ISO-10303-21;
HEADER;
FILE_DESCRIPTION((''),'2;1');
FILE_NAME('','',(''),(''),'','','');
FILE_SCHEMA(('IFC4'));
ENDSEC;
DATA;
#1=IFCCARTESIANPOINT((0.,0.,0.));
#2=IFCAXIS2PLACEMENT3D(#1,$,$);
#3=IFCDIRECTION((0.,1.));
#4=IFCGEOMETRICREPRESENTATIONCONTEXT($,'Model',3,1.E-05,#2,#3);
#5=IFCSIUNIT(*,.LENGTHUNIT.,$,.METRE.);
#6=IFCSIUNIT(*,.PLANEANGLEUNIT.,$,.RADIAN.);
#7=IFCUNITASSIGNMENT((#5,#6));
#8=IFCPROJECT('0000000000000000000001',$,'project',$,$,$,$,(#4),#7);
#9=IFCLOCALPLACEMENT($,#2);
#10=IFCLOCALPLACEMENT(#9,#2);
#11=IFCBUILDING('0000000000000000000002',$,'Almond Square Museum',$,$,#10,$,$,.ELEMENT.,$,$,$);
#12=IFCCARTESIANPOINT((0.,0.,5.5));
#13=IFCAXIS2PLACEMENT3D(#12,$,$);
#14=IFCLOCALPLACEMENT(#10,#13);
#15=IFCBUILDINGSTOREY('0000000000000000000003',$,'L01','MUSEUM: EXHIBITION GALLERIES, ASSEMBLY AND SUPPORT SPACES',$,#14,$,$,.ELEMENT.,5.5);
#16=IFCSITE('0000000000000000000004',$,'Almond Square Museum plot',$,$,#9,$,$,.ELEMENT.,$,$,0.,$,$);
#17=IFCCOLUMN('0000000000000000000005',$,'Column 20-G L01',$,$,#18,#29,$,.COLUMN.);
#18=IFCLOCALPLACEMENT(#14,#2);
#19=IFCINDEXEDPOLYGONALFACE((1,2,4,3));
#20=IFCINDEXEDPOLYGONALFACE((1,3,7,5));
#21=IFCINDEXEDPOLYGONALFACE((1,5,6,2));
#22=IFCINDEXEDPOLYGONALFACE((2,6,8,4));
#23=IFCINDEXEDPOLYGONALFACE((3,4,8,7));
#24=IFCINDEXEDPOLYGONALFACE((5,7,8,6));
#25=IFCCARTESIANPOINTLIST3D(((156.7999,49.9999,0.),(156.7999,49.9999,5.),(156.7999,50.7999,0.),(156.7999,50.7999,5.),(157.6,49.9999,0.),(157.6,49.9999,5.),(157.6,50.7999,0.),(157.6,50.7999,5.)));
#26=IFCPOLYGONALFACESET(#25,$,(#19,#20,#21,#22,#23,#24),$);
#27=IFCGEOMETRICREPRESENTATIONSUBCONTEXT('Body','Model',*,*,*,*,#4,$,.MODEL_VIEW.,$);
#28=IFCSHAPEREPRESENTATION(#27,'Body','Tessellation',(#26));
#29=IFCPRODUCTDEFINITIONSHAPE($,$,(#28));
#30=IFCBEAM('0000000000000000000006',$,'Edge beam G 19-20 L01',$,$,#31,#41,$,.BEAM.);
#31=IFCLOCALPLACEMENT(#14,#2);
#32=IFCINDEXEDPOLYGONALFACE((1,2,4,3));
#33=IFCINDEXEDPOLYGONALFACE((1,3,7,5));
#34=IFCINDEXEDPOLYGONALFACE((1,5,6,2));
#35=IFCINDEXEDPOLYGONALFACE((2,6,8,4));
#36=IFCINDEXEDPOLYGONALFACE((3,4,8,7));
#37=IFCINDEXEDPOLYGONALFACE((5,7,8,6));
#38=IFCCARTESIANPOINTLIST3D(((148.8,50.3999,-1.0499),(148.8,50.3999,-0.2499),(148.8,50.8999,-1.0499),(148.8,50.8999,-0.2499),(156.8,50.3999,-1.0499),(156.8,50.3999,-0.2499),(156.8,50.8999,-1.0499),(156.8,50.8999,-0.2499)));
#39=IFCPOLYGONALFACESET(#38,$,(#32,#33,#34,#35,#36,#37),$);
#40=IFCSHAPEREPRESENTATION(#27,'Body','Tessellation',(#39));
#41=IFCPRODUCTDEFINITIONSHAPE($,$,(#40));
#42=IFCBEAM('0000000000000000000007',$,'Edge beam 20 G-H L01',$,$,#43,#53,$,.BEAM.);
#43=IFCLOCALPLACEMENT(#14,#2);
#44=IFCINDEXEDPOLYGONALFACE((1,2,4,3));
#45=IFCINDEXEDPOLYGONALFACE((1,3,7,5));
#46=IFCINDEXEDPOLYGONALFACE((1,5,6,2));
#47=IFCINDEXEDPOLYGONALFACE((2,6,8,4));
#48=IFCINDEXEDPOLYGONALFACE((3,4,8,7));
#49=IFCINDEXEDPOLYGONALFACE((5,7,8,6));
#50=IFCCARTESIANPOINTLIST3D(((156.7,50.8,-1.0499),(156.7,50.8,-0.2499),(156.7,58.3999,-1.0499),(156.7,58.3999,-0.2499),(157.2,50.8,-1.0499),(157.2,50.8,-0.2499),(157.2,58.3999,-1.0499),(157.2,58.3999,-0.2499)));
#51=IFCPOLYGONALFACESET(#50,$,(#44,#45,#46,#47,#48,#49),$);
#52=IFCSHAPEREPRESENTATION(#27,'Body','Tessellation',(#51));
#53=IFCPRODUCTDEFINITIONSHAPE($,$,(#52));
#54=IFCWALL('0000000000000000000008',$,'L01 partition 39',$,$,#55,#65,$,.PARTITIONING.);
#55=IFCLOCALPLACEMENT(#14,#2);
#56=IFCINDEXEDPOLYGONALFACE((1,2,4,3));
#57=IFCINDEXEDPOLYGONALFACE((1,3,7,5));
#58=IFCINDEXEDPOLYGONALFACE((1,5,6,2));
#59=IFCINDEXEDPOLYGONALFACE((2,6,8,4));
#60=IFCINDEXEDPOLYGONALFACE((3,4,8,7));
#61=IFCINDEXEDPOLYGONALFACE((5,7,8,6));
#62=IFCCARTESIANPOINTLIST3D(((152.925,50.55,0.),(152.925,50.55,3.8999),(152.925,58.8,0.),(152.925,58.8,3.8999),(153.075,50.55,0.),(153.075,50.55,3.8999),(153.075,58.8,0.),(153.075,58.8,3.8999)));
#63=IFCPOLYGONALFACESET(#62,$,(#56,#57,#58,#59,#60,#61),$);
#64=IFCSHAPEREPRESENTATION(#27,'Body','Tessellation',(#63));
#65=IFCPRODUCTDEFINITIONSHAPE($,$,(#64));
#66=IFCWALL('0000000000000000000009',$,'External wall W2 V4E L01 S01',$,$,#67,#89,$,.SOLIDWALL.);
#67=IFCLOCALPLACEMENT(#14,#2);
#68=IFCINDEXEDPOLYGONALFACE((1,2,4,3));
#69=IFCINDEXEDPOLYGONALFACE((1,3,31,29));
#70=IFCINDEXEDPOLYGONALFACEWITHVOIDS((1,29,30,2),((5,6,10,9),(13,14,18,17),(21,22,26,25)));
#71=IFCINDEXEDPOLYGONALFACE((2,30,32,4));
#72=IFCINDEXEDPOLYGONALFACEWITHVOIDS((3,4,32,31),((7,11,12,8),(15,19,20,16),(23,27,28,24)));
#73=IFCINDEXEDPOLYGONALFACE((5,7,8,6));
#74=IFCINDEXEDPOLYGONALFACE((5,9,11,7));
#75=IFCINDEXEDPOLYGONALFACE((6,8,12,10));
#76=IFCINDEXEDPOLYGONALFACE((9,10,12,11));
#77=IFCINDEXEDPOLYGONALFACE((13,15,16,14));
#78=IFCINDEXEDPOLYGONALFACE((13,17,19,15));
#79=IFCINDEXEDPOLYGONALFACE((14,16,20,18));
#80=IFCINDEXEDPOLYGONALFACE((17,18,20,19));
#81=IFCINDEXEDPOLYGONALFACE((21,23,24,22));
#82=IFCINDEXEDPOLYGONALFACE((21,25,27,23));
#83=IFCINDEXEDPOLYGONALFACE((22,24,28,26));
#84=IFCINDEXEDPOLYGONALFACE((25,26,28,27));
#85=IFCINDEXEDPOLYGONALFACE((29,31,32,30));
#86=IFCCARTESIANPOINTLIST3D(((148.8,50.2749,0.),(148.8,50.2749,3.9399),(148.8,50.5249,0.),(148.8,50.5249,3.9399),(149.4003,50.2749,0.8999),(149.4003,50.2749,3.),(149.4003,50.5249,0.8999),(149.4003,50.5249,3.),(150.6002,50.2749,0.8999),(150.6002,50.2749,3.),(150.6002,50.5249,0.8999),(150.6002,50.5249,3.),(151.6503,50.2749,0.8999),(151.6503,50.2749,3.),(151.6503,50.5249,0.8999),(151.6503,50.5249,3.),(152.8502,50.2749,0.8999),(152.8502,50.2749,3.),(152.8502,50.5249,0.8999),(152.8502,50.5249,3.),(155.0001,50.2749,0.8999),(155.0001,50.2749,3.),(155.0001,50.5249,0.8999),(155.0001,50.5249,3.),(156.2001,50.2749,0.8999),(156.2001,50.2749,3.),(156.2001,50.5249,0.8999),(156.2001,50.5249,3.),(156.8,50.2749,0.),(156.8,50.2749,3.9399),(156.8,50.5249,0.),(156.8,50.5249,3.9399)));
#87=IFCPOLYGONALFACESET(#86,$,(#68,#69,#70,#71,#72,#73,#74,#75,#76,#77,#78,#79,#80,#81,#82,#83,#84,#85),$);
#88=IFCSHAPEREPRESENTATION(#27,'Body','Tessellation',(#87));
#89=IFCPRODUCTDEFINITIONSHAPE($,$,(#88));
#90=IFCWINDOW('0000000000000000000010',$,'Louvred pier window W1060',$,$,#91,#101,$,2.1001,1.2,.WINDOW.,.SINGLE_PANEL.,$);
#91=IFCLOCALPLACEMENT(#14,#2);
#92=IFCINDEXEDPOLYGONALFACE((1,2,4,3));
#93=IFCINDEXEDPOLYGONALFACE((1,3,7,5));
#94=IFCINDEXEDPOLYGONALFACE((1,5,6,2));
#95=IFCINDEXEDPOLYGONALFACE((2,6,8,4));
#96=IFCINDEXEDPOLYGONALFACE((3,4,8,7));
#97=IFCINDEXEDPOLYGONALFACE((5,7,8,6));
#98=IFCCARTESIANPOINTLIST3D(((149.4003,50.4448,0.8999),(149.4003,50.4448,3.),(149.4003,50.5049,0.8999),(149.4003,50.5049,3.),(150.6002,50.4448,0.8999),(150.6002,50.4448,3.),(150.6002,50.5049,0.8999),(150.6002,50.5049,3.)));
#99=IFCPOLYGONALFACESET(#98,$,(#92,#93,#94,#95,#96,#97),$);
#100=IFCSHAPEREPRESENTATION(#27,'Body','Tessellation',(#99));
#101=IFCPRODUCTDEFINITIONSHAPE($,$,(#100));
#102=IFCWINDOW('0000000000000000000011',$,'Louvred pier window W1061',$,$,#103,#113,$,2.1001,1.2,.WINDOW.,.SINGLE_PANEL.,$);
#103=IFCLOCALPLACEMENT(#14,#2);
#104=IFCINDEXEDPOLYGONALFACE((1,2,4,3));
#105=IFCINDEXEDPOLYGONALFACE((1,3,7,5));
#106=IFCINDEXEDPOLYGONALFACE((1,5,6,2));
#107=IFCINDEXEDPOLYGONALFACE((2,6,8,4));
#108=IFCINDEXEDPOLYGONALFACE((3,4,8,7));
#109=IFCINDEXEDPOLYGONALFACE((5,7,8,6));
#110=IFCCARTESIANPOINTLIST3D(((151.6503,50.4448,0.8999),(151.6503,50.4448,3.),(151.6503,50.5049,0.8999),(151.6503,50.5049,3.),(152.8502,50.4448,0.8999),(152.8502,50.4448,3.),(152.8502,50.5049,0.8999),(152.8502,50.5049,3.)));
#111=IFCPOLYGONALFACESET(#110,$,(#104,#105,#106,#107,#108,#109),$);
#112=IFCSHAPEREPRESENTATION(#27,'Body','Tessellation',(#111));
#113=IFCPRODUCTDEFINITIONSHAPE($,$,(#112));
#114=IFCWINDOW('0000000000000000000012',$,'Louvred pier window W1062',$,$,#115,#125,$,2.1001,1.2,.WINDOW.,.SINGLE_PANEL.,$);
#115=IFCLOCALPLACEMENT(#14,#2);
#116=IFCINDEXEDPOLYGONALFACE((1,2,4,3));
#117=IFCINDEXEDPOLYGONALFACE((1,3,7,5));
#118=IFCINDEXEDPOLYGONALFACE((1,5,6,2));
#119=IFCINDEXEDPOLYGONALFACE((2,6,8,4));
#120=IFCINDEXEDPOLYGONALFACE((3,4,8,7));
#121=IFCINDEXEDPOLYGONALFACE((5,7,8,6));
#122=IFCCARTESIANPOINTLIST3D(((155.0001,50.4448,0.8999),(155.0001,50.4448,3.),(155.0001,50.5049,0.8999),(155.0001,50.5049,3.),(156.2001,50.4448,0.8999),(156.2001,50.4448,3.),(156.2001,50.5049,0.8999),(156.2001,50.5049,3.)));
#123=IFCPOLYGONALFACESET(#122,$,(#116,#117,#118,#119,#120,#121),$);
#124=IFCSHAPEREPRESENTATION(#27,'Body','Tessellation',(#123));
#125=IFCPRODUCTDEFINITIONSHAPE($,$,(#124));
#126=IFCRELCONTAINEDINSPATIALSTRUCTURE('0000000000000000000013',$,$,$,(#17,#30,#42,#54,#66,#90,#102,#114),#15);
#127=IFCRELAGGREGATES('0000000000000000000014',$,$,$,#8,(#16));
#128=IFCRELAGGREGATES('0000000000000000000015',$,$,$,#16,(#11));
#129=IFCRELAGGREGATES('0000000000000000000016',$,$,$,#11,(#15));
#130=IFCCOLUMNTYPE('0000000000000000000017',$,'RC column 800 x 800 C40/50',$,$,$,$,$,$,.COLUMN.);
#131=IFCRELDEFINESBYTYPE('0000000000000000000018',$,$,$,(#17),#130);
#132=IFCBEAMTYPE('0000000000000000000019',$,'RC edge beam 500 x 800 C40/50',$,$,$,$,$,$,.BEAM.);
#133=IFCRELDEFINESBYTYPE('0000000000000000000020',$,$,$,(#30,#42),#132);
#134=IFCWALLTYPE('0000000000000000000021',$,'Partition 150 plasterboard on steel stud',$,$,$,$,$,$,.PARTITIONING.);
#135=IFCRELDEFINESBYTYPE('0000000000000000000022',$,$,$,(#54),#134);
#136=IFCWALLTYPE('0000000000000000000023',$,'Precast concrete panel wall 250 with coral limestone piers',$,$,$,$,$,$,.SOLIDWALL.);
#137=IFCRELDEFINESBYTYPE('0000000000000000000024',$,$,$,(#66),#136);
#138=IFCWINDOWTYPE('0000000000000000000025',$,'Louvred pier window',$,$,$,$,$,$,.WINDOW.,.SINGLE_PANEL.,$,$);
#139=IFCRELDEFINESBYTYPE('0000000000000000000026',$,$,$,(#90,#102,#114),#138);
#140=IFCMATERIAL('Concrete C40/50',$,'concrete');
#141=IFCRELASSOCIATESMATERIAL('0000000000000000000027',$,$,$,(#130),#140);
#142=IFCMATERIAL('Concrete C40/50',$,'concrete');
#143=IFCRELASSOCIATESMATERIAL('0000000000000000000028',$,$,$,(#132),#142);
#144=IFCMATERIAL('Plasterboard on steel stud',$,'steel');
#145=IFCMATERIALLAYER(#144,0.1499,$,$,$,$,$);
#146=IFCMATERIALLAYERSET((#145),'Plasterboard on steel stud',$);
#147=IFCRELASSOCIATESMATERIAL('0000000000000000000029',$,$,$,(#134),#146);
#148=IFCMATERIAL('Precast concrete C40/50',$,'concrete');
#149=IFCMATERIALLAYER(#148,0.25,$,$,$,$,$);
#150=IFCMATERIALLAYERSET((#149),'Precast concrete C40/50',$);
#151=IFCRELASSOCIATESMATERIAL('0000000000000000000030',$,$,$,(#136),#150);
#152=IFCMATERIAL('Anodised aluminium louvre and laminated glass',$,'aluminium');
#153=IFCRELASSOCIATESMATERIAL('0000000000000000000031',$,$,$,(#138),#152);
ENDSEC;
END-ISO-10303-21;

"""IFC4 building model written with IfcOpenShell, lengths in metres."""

from ifc_helpers import new_model, si_unit, direction, frame, frame_2d, origin, origin_2d, place, context, subcontext, project, spatial, rectangle, extrude, material, layer, layer_set, material_profile, profile_set, type_object, element, fill, save


model = new_model("IFC4")

# Units and contexts
model_context = context("Model", 3, precision=1e-05, world=origin(), true_north=direction((0.0, 1.0)))
body_context = subcontext(model_context, "Body", "Model", "MODEL_VIEW")
ifc_project = project(units=[si_unit("LENGTHUNIT", "METRE"), si_unit("PLANEANGLEUNIT", "RADIAN")], contexts=[model_context])

# Site, building, storey
site_placement = place(None, origin())
site = spatial("IfcSite", under=ifc_project, at=site_placement, Name="Almond Square Museum plot", CompositionType="ELEMENT", RefElevation=0.0)
building_placement = place(site_placement, origin())
building = spatial("IfcBuilding", under=site, at=building_placement, Name="Almond Square Museum", CompositionType="ELEMENT")
storey_placement = place(building_placement, frame((0.0, 0.0, 5.5)))
storey = spatial("IfcBuildingStorey", under=building, at=storey_placement, Name="L01", Description="MUSEUM: EXHIBITION GALLERIES, ASSEMBLY AND SUPPORT SPACES", CompositionType="ELEMENT", Elevation=5.5)

# Column
ifc_material_1 = material(Name="Concrete C40/50", Category="concrete")
ifc_material_profile_1 = material_profile(ifc_material_1, rectangle(XDim=0.8, YDim=0.8, at=origin_2d()))
ifc_profile_set_1 = profile_set([ifc_material_profile_1], Name="Concrete C40/50")
column_type = type_object("IfcColumnType", Name="RC column 800 x 800 C40/50", PredefinedType="COLUMN", material=ifc_profile_set_1)
column_placement = place(storey_placement, frame((157.2, 50.3999, 0.0), z_axis=(0.0, 0.0, 1.0), x_axis=(1.0, 0.0, 0.0)))
element("IfcColumn", 1, at=column_placement, inside=storey, type_object=column_type, Name="Column 20-G L01", PredefinedType="COLUMN", context=body_context, shape_type="SweptSolid", body=[
    extrude(rectangle(XDim=0.8, YDim=0.8, at=origin_2d()), origin(), (0.0, 0.0, 1.0), 5.0),
])

# Beams
ifc_material_2 = material(Name="Concrete C40/50", Category="concrete")
ifc_material_profile_2 = material_profile(ifc_material_2, rectangle(XDim=0.5, YDim=0.8, at=origin_2d()))
ifc_profile_set_2 = profile_set([ifc_material_profile_2], Name="Concrete C40/50")
beam_type = type_object("IfcBeamType", Name="RC edge beam 500 x 800 C40/50", PredefinedType="BEAM", material=ifc_profile_set_2)
beam_1_placement = place(storey_placement, frame((148.8, 50.6499, -0.6499), z_axis=(1.0, 0.0, 0.0), x_axis=(0.0, 1.0, 0.0)))
element("IfcBeam", 2, at=beam_1_placement, inside=storey, type_object=beam_type, Name="Edge beam G 19-20 L01", PredefinedType="BEAM", context=body_context, shape_type="SweptSolid", body=[
    extrude(rectangle(XDim=0.5, YDim=0.8, at=origin_2d()), origin(), (0.0, 0.0, 1.0), 8.0),
])
beam_2_placement = place(storey_placement, frame((156.95, 50.8, -0.6499), z_axis=(0.0, 1.0, 0.0), x_axis=(-1.0, 0.0, 0.0)))
element("IfcBeam", 3, at=beam_2_placement, inside=storey, type_object=beam_type, Name="Edge beam 20 G-H L01", PredefinedType="BEAM", context=body_context, shape_type="SweptSolid", body=[
    extrude(rectangle(XDim=0.5, YDim=0.8, at=origin_2d()), origin(), (0.0, 0.0, 1.0), 7.5999),
])

# Wall
ifc_material_3 = material(Name="Plasterboard on steel stud", Category="steel")
ifc_layer_1 = layer(ifc_material_3, 0.1499)
ifc_layer_set_1 = layer_set([ifc_layer_1], Name="Plasterboard on steel stud")
wall_type_1 = type_object("IfcWallType", Name="Partition 150 plasterboard on steel stud", PredefinedType="PARTITIONING", material=ifc_layer_set_1)
wall_1_placement = place(storey_placement, frame((153.0, 50.55, 0.0), z_axis=(0.0, 0.0, 1.0), x_axis=(0.0, 1.0, 0.0)))
element("IfcWall", 4, at=wall_1_placement, inside=storey, type_object=wall_type_1, Name="L01 partition 39", PredefinedType="PARTITIONING", context=body_context, shape_type="SweptSolid", body=[
    extrude(rectangle(XDim=8.25, YDim=0.1499, at=frame_2d((4.125, 0.0))), origin(), (0.0, 0.0, 1.0), 3.8999),
])

# Wall, openings, windows
ifc_material_4 = material(Name="Precast concrete C40/50", Category="concrete")
ifc_layer_2 = layer(ifc_material_4, 0.25)
ifc_layer_set_2 = layer_set([ifc_layer_2], Name="Precast concrete C40/50")
wall_type_2 = type_object("IfcWallType", Name="Precast concrete panel wall 250 with coral limestone piers", PredefinedType="SOLIDWALL", material=ifc_layer_set_2)
wall_2_placement = place(storey_placement, frame((148.8, 50.3999, 0.0), z_axis=(0.0, 0.0, 1.0), x_axis=(1.0, 0.0, 0.0)))
wall_2 = element("IfcWall", 5, at=wall_2_placement, inside=storey, type_object=wall_type_2, Name="External wall W2 V4E L01 S01", PredefinedType="SOLIDWALL", context=body_context, shape_type="SweptSolid", body=[
    extrude(rectangle(XDim=8.0, YDim=0.25, at=frame_2d((4.0, 0.0))), origin(), (0.0, 0.0, 1.0), 3.9399),
])
opening_1_placement = place(wall_2_placement, frame((0.6001, 0.0, 0.8999)))
opening_1 = element("IfcOpeningElement", 6, at=opening_1_placement, cuts=wall_2, PredefinedType="OPENING", context=body_context, shape_type="SweptSolid", body=[
    extrude(rectangle(XDim=1.2, YDim=2.1001, at=frame_2d((0.6001, 1.05))), frame((0.0, 0.135, 0.0), z_axis=(0.0, -1.0, 0.0), x_axis=(1.0, 0.0, 0.0)), (0.0, 0.0, 1.0), 0.27),
])
opening_2_placement = place(wall_2_placement, frame((2.8501, 0.0, 0.8999)))
opening_2 = element("IfcOpeningElement", 7, at=opening_2_placement, cuts=wall_2, PredefinedType="OPENING", context=body_context, shape_type="SweptSolid", body=[
    extrude(rectangle(XDim=1.2, YDim=2.1001, at=frame_2d((0.6001, 1.05))), frame((0.0, 0.135, 0.0), z_axis=(0.0, -1.0, 0.0), x_axis=(1.0, 0.0, 0.0)), (0.0, 0.0, 1.0), 0.27),
])
opening_3_placement = place(wall_2_placement, frame((6.2, 0.0, 0.8999)))
opening_3 = element("IfcOpeningElement", 8, at=opening_3_placement, cuts=wall_2, PredefinedType="OPENING", context=body_context, shape_type="SweptSolid", body=[
    extrude(rectangle(XDim=1.2, YDim=2.1001, at=frame_2d((0.6001, 1.05))), frame((0.0, 0.135, 0.0), z_axis=(0.0, -1.0, 0.0), x_axis=(1.0, 0.0, 0.0)), (0.0, 0.0, 1.0), 0.27),
])
ifc_material_5 = material(Name="Anodised aluminium louvre and laminated glass", Category="aluminium")
window_type = type_object("IfcWindowType", Name="Louvred pier window", PartitioningType="SINGLE_PANEL", PredefinedType="WINDOW", material=ifc_material_5)
window_1_placement = place(opening_1_placement, origin())
window_1 = element("IfcWindow", 9, at=window_1_placement, inside=storey, type_object=window_type, Name="Louvred pier window W1060", OverallHeight=2.1001, OverallWidth=1.2, PartitioningType="SINGLE_PANEL", PredefinedType="WINDOW", context=body_context, shape_type="SweptSolid", body=[
    extrude(rectangle(XDim=1.2, YDim=2.1001, at=frame_2d((0.6001, 1.05))), frame((0.0, 0.105, 0.0), z_axis=(0.0, -1.0, 0.0), x_axis=(1.0, 0.0, 0.0)), (0.0, 0.0, 1.0), 0.0601),
])
fill(opening_1, window_1)
window_2_placement = place(opening_2_placement, origin())
window_2 = element("IfcWindow", 10, at=window_2_placement, inside=storey, type_object=window_type, Name="Louvred pier window W1061", OverallHeight=2.1001, OverallWidth=1.2, PartitioningType="SINGLE_PANEL", PredefinedType="WINDOW", context=body_context, shape_type="SweptSolid", body=[
    extrude(rectangle(XDim=1.2, YDim=2.1001, at=frame_2d((0.6001, 1.05))), frame((0.0, 0.105, 0.0), z_axis=(0.0, -1.0, 0.0), x_axis=(1.0, 0.0, 0.0)), (0.0, 0.0, 1.0), 0.0601),
])
fill(opening_2, window_2)
window_3_placement = place(opening_3_placement, origin())
window_3 = element("IfcWindow", 11, at=window_3_placement, inside=storey, type_object=window_type, Name="Louvred pier window W1062", OverallHeight=2.1001, OverallWidth=1.2, PartitioningType="SINGLE_PANEL", PredefinedType="WINDOW", context=body_context, shape_type="SweptSolid", body=[
    extrude(rectangle(XDim=1.2, YDim=2.1001, at=frame_2d((0.6001, 1.05))), frame((0.0, 0.105, 0.0), z_axis=(0.0, -1.0, 0.0), x_axis=(1.0, 0.0, 0.0)), (0.0, 0.0, 1.0), 0.0601),
])
fill(opening_3, window_3)

save(model, "model.ifc")
